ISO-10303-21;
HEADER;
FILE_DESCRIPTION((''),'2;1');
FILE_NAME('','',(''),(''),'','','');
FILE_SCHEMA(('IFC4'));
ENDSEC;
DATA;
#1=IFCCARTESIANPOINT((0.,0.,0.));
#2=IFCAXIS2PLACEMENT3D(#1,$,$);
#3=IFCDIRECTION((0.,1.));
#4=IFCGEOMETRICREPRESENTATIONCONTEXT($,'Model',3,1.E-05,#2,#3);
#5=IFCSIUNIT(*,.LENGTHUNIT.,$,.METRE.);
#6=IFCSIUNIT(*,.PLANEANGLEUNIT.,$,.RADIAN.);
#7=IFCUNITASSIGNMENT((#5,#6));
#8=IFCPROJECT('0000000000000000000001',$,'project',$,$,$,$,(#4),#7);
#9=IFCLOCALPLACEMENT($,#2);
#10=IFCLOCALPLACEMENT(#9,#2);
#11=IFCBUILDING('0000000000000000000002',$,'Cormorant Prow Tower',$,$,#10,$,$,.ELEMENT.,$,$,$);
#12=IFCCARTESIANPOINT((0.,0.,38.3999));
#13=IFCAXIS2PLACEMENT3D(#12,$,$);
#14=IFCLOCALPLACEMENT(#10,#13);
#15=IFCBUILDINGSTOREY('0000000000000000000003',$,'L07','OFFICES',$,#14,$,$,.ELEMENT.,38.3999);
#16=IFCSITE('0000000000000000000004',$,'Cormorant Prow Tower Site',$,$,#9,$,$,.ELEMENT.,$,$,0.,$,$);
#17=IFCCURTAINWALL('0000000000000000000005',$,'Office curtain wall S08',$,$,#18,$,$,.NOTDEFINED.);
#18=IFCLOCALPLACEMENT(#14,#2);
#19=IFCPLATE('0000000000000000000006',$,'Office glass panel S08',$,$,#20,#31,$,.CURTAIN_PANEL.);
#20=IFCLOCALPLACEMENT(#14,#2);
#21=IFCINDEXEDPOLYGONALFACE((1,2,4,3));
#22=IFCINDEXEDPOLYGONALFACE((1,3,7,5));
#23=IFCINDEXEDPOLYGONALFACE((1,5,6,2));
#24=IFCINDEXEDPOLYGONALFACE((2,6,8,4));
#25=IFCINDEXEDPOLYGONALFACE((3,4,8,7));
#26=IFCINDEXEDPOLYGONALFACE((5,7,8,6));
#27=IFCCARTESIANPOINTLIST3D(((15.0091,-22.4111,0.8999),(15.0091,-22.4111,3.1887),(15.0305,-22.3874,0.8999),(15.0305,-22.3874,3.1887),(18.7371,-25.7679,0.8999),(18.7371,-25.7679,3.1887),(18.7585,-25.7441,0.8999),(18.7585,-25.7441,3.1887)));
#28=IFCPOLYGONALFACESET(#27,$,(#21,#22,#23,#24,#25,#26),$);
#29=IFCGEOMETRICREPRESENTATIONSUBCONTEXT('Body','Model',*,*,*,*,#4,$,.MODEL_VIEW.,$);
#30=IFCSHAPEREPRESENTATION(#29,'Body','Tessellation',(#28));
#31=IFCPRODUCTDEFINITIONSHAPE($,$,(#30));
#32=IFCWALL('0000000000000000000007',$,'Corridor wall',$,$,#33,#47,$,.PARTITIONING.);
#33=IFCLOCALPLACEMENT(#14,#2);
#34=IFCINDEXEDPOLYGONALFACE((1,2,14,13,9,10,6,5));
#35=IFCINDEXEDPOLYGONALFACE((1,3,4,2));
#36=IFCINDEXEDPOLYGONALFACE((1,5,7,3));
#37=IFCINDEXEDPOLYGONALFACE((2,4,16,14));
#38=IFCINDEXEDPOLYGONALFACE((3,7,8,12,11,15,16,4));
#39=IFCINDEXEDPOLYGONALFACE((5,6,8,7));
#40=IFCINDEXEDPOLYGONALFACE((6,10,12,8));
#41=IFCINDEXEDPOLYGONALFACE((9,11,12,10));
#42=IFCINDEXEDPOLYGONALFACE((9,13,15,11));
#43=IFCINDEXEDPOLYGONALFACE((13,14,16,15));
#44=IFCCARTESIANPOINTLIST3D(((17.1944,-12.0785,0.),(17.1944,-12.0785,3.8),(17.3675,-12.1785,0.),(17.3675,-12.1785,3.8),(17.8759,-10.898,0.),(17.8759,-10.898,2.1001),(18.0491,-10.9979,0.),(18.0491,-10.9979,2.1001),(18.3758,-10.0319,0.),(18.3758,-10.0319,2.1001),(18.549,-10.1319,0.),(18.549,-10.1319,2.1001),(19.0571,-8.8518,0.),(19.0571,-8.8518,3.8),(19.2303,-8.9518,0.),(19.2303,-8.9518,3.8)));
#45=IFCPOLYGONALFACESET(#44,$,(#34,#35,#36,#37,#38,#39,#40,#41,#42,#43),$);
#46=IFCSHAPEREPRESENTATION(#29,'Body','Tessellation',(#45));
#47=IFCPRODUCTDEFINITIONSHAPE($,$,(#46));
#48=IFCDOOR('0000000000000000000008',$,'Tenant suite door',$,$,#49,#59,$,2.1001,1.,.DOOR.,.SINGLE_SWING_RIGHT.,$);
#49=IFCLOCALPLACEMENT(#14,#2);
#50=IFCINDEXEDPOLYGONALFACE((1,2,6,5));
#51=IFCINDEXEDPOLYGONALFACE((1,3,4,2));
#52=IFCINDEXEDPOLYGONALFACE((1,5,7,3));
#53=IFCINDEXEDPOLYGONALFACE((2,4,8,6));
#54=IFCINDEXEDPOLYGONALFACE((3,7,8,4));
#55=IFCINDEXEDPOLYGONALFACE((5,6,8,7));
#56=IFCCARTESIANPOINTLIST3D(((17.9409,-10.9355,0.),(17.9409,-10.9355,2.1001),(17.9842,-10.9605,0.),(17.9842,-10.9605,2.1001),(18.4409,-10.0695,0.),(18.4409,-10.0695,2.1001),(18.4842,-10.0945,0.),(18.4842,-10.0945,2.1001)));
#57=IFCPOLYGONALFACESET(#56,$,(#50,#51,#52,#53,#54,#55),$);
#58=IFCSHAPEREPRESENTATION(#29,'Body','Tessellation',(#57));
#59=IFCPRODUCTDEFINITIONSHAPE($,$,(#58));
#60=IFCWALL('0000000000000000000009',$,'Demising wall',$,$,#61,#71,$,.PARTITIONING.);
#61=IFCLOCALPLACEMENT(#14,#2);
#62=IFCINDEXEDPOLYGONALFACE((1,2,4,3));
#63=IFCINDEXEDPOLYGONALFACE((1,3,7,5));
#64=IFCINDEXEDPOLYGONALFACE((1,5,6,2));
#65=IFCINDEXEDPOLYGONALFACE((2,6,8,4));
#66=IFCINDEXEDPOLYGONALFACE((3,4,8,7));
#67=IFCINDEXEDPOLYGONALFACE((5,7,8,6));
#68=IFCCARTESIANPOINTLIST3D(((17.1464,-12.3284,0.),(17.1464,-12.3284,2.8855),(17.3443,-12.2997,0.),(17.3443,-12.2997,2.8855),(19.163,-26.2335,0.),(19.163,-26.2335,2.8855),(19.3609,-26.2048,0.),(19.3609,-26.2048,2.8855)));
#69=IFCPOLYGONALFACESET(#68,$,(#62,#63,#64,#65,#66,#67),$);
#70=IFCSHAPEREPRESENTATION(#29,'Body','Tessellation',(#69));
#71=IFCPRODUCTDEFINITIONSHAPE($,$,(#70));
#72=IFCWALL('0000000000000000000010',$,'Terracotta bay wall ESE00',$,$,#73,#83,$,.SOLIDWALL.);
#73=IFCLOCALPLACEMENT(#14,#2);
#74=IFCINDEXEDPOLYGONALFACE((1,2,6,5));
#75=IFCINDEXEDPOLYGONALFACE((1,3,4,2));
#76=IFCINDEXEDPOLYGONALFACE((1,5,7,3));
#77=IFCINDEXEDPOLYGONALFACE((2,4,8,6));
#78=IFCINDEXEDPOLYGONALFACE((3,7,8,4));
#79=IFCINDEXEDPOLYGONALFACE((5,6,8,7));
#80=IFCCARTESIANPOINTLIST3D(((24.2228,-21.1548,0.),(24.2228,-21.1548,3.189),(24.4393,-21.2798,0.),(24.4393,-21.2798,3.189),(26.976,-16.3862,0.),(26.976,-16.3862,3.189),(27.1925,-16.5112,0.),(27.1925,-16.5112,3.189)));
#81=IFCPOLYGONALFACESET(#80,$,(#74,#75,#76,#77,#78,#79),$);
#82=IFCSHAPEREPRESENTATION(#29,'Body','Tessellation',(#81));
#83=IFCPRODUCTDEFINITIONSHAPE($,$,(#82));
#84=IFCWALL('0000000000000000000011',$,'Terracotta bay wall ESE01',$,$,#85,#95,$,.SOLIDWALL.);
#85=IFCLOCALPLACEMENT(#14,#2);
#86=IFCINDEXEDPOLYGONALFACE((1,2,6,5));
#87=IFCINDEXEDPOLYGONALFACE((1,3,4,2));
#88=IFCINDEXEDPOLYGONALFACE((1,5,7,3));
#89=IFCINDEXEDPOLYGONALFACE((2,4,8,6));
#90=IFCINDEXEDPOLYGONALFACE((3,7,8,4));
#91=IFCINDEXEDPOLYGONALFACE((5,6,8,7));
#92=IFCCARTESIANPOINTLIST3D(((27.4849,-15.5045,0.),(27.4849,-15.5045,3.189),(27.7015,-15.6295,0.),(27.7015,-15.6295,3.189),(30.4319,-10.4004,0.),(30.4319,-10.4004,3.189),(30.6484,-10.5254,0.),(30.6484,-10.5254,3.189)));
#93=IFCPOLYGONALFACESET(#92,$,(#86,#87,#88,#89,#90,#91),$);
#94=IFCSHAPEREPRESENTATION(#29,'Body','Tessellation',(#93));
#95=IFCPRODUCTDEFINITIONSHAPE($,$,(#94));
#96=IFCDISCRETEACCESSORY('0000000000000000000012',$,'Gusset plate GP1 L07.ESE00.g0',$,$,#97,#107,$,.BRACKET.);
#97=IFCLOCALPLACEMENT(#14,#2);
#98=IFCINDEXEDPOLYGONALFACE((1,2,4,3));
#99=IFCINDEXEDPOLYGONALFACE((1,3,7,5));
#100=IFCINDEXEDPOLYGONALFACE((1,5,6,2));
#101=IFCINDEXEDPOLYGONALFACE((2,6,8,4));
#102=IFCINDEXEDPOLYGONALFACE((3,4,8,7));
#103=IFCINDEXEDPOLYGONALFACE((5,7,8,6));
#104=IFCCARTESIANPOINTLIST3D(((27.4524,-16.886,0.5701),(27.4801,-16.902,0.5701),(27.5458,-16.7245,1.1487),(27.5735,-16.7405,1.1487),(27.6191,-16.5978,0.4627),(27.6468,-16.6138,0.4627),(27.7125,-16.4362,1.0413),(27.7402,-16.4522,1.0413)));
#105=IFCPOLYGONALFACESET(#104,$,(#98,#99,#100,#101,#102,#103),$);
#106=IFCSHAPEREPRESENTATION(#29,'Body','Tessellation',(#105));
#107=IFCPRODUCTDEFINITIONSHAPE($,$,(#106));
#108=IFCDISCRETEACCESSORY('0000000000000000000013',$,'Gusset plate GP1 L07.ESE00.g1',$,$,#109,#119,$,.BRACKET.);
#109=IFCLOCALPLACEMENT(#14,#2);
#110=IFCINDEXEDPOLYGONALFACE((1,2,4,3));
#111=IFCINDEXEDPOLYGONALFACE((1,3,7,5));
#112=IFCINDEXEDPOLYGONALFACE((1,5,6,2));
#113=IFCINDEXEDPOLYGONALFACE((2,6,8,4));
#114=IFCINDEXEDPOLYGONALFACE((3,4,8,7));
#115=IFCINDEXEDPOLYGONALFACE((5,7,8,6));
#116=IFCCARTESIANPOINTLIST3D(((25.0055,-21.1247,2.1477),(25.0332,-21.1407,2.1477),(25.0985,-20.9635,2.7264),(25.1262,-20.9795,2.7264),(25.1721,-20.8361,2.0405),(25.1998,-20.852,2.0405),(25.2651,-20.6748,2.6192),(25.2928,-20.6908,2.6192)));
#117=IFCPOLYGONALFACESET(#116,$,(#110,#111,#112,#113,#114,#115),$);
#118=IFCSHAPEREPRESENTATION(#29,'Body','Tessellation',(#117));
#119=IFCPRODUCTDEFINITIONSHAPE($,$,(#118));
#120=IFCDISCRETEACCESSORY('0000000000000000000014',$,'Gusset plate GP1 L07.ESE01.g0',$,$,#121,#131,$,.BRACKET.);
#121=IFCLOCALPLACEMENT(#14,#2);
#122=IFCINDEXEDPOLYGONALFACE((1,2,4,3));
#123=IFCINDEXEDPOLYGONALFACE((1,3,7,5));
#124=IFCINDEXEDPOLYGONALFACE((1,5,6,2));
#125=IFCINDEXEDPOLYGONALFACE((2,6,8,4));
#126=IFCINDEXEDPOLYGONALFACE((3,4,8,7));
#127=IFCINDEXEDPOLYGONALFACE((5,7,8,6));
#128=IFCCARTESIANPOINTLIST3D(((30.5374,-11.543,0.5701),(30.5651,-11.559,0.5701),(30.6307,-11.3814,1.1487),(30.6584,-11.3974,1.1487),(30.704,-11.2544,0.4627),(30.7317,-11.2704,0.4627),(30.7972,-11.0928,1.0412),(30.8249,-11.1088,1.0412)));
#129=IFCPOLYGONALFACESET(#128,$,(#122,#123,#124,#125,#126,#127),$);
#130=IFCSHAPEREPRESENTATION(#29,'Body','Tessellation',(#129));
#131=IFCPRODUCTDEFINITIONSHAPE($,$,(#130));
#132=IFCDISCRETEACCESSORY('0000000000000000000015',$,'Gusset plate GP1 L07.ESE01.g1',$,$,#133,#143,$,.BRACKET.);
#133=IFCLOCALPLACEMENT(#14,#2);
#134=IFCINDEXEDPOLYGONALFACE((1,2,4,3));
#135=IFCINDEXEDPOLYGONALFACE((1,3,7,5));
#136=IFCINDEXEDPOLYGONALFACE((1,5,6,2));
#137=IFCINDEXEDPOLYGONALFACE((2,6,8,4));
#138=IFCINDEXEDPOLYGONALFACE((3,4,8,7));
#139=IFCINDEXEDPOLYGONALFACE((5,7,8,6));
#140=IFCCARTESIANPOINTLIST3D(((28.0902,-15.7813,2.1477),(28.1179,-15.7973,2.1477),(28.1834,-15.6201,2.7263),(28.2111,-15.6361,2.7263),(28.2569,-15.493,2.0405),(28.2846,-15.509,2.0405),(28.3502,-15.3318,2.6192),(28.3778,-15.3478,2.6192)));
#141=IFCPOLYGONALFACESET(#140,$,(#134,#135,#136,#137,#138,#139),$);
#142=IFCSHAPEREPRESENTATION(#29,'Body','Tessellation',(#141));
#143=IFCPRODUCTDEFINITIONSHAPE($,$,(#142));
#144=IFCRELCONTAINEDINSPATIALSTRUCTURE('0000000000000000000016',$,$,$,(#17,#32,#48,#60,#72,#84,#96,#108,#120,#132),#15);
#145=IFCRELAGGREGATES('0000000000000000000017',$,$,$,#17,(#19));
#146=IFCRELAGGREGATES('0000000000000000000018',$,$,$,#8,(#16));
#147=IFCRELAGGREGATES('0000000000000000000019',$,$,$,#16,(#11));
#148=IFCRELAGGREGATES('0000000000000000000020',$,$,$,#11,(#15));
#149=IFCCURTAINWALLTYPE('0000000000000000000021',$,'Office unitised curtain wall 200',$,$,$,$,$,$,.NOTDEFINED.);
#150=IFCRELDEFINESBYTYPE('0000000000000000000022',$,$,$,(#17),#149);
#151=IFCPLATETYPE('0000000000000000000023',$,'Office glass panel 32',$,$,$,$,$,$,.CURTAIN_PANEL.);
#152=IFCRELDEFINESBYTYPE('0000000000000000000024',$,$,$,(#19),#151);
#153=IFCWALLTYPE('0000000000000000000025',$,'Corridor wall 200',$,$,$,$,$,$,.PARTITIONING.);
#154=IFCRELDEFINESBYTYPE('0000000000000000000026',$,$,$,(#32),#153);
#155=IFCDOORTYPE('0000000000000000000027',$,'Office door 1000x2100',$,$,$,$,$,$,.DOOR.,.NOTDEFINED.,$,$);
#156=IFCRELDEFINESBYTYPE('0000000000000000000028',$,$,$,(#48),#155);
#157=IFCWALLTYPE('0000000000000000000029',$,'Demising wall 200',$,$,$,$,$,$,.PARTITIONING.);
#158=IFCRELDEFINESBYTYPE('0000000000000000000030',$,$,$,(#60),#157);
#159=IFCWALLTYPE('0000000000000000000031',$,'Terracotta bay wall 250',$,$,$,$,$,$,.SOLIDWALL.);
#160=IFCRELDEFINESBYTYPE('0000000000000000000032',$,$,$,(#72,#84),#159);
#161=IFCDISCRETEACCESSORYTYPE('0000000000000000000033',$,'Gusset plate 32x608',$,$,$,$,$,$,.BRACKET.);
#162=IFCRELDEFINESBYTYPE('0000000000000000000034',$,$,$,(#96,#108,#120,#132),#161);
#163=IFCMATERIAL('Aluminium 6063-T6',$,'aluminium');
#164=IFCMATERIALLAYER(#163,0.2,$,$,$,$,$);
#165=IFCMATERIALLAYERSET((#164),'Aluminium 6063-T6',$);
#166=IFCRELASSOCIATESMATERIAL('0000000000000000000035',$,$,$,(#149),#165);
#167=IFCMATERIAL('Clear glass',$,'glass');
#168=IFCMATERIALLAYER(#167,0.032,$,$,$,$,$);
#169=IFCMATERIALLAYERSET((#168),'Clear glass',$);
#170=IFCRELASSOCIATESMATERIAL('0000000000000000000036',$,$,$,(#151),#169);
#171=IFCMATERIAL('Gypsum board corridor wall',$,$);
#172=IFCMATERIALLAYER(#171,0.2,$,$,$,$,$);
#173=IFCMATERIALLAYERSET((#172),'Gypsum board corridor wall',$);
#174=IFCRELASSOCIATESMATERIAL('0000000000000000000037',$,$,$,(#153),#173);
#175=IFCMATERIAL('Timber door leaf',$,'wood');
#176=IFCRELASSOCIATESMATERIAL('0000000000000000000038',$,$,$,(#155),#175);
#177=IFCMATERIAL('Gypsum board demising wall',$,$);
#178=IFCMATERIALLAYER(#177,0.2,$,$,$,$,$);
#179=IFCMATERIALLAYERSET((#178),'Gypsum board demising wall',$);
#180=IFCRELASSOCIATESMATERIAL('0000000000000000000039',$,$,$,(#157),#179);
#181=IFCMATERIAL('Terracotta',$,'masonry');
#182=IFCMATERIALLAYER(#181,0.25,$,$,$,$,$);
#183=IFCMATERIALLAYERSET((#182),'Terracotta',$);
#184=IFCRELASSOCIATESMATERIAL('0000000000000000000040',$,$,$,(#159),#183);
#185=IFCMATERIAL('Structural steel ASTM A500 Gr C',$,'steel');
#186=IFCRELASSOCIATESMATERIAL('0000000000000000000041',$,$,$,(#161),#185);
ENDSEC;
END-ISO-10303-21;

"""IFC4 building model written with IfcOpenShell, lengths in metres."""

from ifc_helpers import new_model, si_unit, direction, frame, frame_2d, origin, origin_2d, place, context, subcontext, project, spatial, rectangle, extrude, material, layer, layer_set, material_profile, profile_set, type_object, element, fill, aggregate, save


model = new_model("IFC4")

# Units and contexts
model_context = context("Model", 3, precision=1e-05, world=origin(), true_north=direction((0.0, 1.0)))
body_context = subcontext(model_context, "Body", "Model", "MODEL_VIEW")
ifc_project = project(units=[si_unit("LENGTHUNIT", "METRE"), si_unit("PLANEANGLEUNIT", "RADIAN")], contexts=[model_context])

# Site, building, storey
site_placement = place(None, origin())
site = spatial("IfcSite", under=ifc_project, at=site_placement, Name="Cormorant Prow Tower Site", CompositionType="ELEMENT", RefElevation=0.0)
building_placement = place(site_placement, origin())
building = spatial("IfcBuilding", under=site, at=building_placement, Name="Cormorant Prow Tower", CompositionType="ELEMENT")
storey_placement = place(building_placement, frame((0.0, 0.0, 38.3999)))
storey = spatial("IfcBuildingStorey", under=building, at=storey_placement, Name="L07", Description="OFFICES", CompositionType="ELEMENT", Elevation=38.3999)

# Curtain wall, plate
ifc_material_1 = material(Name="Aluminium 6063-T6", Category="aluminium")
ifc_layer_1 = layer(ifc_material_1, 0.2)
ifc_layer_set_1 = layer_set([ifc_layer_1], Name="Aluminium 6063-T6")
curtain_wall_type = type_object("IfcCurtainWallType", Name="Office unitised curtain wall 200", PredefinedType="NOTDEFINED", material=ifc_layer_set_1)
curtain_wall_placement = place(storey_placement, origin())
curtain_wall = element("IfcCurtainWall", 1, at=curtain_wall_placement, inside=storey, type_object=curtain_wall_type, Name="Office curtain wall S08", PredefinedType="NOTDEFINED")
ifc_material_2 = material(Name="Clear glass", Category="glass")
ifc_layer_2 = layer(ifc_material_2, 0.032)
ifc_layer_set_2 = layer_set([ifc_layer_2], Name="Clear glass")
plate_type = type_object("IfcPlateType", Name="Office glass panel 32", PredefinedType="CURTAIN_PANEL", material=ifc_layer_set_2)
plate_placement = place(storey_placement, frame((16.8838, -24.0776, 0.8999), z_axis=(0.0, 0.0, 1.0), x_axis=(0.743145, -0.669131, 0.0)))
plate = element("IfcPlate", 2, at=plate_placement, type_object=plate_type, Name="Office glass panel S08", PredefinedType="CURTAIN_PANEL", context=body_context, shape_type="SweptSolid", body=[
    extrude(rectangle(XDim=5.0166, YDim=0.032, at=origin_2d()), origin(), (0.0, 0.0, 1.0), 2.2888),
])
aggregate(curtain_wall, [plate])

# Wall, opening, door
ifc_material_3 = material(Name="Gypsum board corridor wall")
ifc_layer_3 = layer(ifc_material_3, 0.2)
ifc_layer_set_3 = layer_set([ifc_layer_3], Name="Gypsum board corridor wall")
wall_type_1 = type_object("IfcWallType", Name="Corridor wall 200", PredefinedType="PARTITIONING", material=ifc_layer_set_3)
wall_1_placement = place(storey_placement, frame((17.281, -12.1284, 0.0), z_axis=(0.0, 0.0, 1.0), x_axis=(0.499959, 0.866049, 0.0)))
wall_1 = element("IfcWall", 3, at=wall_1_placement, inside=storey, type_object=wall_type_1, Name="Corridor wall", PredefinedType="PARTITIONING", context=body_context, shape_type="SweptSolid", body=[
    extrude(rectangle(XDim=3.7258, YDim=0.2, at=frame_2d((1.8628, 0.0))), origin(), (0.0, 0.0, 1.0), 3.8),
])
opening_1_placement = place(wall_1_placement, frame((1.363, 0.0, 0.0)))
opening_1 = element("IfcOpeningElement", 4, at=opening_1_placement, cuts=wall_1, PredefinedType="OPENING", context=body_context, shape_type="SweptSolid", body=[
    extrude(rectangle(XDim=1.0, YDim=2.1001, at=frame_2d((0.5, 1.05))), frame((0.0, 0.1099, 0.0), z_axis=(0.0, -1.0, 0.0), x_axis=(1.0, 0.0, 0.0)), (0.0, 0.0, 1.0), 0.22),
])
ifc_material_4 = material(Name="Timber door leaf", Category="wood")
door_type_1 = type_object("IfcDoorType", Name="Office door 1000x2100", OperationType="NOTDEFINED", PredefinedType="DOOR", material=ifc_material_4)
door_1_placement = place(opening_1_placement, origin())
door_1 = element("IfcDoor", 5, at=door_1_placement, inside=storey, type_object=door_type_1, Name="Tenant suite door", OperationType="SINGLE_SWING_RIGHT", OverallHeight=2.1001, OverallWidth=1.0, PredefinedType="DOOR", context=body_context, shape_type="SweptSolid", body=[
    extrude(rectangle(XDim=1.0, YDim=2.1001, at=frame_2d((0.5, 1.05))), frame((0.0, 0.0249, 0.0), z_axis=(0.0, -1.0, 0.0), x_axis=(1.0, 0.0, 0.0)), (0.0, 0.0, 1.0), 0.05),
])
fill(opening_1, door_1)

# Walls
ifc_material_5 = material(Name="Gypsum board demising wall")
ifc_layer_4 = layer(ifc_material_5, 0.2)
ifc_layer_set_4 = layer_set([ifc_layer_4], Name="Gypsum board demising wall")
wall_type_2 = type_object("IfcWallType", Name="Demising wall 200", PredefinedType="PARTITIONING", material=ifc_layer_set_4)
wall_2_placement = place(storey_placement, frame((17.2454, -12.314, 0.0), z_axis=(0.0, 0.0, 1.0), x_axis=(0.143525, -0.989647, 0.0)))
element("IfcWall", 6, at=wall_2_placement, inside=storey, type_object=wall_type_2, Name="Demising wall", PredefinedType="PARTITIONING", context=body_context, shape_type="SweptSolid", body=[
    extrude(rectangle(XDim=14.0505, YDim=0.2, at=frame_2d((7.0254, 0.0))), origin(), (0.0, 0.0, 1.0), 2.8855),
])
ifc_material_6 = material(Name="Terracotta", Category="masonry")
ifc_layer_5 = layer(ifc_material_6, 0.25)
ifc_layer_set_5 = layer_set([ifc_layer_5], Name="Terracotta")
wall_type_3 = type_object("IfcWallType", Name="Terracotta bay wall 250", PredefinedType="SOLIDWALL", material=ifc_layer_set_5)
wall_3_placement = place(storey_placement, frame((24.3311, -21.2173, 0.0), z_axis=(0.0, 0.0, 1.0), x_axis=(0.500006, 0.866022, 0.0)))
element("IfcWall", 7, at=wall_3_placement, inside=storey, type_object=wall_type_3, Name="Terracotta bay wall ESE00", PredefinedType="SOLIDWALL", context=body_context, shape_type="SweptSolid", body=[
    extrude(rectangle(XDim=5.5063, YDim=0.25, at=frame_2d((2.7532, 0.0))), origin(), (0.0, 0.0, 1.0), 3.189),
])
wall_4_placement = place(storey_placement, frame((27.5933, -15.5669, 0.0), z_axis=(0.0, 0.0, 1.0), x_axis=(0.50001, 0.866019, 0.0)))
element("IfcWall", 8, at=wall_4_placement, inside=storey, type_object=wall_type_3, Name="Terracotta bay wall ESE01", PredefinedType="SOLIDWALL", context=body_context, shape_type="SweptSolid", body=[
    extrude(rectangle(XDim=5.8938, YDim=0.25, at=frame_2d((2.9468, 0.0))), origin(), (0.0, 0.0, 1.0), 3.189),
])

# Discrete accessories
ifc_material_7 = material(Name="Structural steel ASTM A500 Gr C", Category="steel")
ifc_material_profile_1 = material_profile(ifc_material_7, rectangle(XDim=0.032, YDim=0.6079, at=origin_2d()), Name="Gusset plate 32x608")
ifc_profile_set_1 = profile_set([ifc_material_profile_1], Name="Structural steel ASTM A500 Gr C")
discrete_accessory_type = type_object("IfcDiscreteAccessoryType", Name="Gusset plate 32x608", PredefinedType="BRACKET", material=ifc_profile_set_1)
discrete_accessory_1_placement = place(storey_placement, frame((27.5129, -16.8132, 0.8594), z_axis=(0.476465, 0.823872, -0.306946), x_axis=(-0.86566, 0.500632, 0.0)))
element("IfcDiscreteAccessory", 9, at=discrete_accessory_1_placement, inside=storey, type_object=discrete_accessory_type, Name="Gusset plate GP1 L07.ESE00.g0", PredefinedType="BRACKET", context=body_context, shape_type="SweptSolid", body=[
    extrude(rectangle(XDim=0.032, YDim=0.6079, at=origin_2d()), origin(), (0.0, 0.0, 1.0), 0.3499),
])
for number, where, z_axis, x_axis, name in (
    (10, (25.2324, -20.7634, 2.3298), (-0.475753, -0.824546, 0.30624), (0.866161, -0.499765, 0.0), "Gusset plate GP1 L07.ESE00.g1"),
    (11, (30.5979, -11.4702, 0.8594), (0.475652, 0.82437, -0.306872), (-0.866161, 0.499765, 0.0), "Gusset plate GP1 L07.ESE01.g0"),
):
    element("IfcDiscreteAccessory", number, at=place(storey_placement, frame(where, z_axis=z_axis, x_axis=x_axis)), inside=storey, type_object=discrete_accessory_type, Name=name, PredefinedType="BRACKET", context=body_context, shape_type="SweptSolid", body=[
        extrude(rectangle(XDim=0.032, YDim=0.6079, at=origin_2d()), origin(), (0.0, 0.0, 1.0), 0.3501),
    ])
discrete_accessory_2_placement = place(storey_placement, frame((28.3174, -15.4204, 2.3298), z_axis=(-0.476567, -0.824048, 0.306314), x_axis=(0.86566, -0.500632, 0.0)))
element("IfcDiscreteAccessory", 12, at=discrete_accessory_2_placement, inside=storey, type_object=discrete_accessory_type, Name="Gusset plate GP1 L07.ESE01.g1", PredefinedType="BRACKET", context=body_context, shape_type="SweptSolid", body=[
    extrude(rectangle(XDim=0.032, YDim=0.6079, at=origin_2d()), origin(), (0.0, 0.0, 1.0), 0.3499),
])

save(model, "model.ifc")
